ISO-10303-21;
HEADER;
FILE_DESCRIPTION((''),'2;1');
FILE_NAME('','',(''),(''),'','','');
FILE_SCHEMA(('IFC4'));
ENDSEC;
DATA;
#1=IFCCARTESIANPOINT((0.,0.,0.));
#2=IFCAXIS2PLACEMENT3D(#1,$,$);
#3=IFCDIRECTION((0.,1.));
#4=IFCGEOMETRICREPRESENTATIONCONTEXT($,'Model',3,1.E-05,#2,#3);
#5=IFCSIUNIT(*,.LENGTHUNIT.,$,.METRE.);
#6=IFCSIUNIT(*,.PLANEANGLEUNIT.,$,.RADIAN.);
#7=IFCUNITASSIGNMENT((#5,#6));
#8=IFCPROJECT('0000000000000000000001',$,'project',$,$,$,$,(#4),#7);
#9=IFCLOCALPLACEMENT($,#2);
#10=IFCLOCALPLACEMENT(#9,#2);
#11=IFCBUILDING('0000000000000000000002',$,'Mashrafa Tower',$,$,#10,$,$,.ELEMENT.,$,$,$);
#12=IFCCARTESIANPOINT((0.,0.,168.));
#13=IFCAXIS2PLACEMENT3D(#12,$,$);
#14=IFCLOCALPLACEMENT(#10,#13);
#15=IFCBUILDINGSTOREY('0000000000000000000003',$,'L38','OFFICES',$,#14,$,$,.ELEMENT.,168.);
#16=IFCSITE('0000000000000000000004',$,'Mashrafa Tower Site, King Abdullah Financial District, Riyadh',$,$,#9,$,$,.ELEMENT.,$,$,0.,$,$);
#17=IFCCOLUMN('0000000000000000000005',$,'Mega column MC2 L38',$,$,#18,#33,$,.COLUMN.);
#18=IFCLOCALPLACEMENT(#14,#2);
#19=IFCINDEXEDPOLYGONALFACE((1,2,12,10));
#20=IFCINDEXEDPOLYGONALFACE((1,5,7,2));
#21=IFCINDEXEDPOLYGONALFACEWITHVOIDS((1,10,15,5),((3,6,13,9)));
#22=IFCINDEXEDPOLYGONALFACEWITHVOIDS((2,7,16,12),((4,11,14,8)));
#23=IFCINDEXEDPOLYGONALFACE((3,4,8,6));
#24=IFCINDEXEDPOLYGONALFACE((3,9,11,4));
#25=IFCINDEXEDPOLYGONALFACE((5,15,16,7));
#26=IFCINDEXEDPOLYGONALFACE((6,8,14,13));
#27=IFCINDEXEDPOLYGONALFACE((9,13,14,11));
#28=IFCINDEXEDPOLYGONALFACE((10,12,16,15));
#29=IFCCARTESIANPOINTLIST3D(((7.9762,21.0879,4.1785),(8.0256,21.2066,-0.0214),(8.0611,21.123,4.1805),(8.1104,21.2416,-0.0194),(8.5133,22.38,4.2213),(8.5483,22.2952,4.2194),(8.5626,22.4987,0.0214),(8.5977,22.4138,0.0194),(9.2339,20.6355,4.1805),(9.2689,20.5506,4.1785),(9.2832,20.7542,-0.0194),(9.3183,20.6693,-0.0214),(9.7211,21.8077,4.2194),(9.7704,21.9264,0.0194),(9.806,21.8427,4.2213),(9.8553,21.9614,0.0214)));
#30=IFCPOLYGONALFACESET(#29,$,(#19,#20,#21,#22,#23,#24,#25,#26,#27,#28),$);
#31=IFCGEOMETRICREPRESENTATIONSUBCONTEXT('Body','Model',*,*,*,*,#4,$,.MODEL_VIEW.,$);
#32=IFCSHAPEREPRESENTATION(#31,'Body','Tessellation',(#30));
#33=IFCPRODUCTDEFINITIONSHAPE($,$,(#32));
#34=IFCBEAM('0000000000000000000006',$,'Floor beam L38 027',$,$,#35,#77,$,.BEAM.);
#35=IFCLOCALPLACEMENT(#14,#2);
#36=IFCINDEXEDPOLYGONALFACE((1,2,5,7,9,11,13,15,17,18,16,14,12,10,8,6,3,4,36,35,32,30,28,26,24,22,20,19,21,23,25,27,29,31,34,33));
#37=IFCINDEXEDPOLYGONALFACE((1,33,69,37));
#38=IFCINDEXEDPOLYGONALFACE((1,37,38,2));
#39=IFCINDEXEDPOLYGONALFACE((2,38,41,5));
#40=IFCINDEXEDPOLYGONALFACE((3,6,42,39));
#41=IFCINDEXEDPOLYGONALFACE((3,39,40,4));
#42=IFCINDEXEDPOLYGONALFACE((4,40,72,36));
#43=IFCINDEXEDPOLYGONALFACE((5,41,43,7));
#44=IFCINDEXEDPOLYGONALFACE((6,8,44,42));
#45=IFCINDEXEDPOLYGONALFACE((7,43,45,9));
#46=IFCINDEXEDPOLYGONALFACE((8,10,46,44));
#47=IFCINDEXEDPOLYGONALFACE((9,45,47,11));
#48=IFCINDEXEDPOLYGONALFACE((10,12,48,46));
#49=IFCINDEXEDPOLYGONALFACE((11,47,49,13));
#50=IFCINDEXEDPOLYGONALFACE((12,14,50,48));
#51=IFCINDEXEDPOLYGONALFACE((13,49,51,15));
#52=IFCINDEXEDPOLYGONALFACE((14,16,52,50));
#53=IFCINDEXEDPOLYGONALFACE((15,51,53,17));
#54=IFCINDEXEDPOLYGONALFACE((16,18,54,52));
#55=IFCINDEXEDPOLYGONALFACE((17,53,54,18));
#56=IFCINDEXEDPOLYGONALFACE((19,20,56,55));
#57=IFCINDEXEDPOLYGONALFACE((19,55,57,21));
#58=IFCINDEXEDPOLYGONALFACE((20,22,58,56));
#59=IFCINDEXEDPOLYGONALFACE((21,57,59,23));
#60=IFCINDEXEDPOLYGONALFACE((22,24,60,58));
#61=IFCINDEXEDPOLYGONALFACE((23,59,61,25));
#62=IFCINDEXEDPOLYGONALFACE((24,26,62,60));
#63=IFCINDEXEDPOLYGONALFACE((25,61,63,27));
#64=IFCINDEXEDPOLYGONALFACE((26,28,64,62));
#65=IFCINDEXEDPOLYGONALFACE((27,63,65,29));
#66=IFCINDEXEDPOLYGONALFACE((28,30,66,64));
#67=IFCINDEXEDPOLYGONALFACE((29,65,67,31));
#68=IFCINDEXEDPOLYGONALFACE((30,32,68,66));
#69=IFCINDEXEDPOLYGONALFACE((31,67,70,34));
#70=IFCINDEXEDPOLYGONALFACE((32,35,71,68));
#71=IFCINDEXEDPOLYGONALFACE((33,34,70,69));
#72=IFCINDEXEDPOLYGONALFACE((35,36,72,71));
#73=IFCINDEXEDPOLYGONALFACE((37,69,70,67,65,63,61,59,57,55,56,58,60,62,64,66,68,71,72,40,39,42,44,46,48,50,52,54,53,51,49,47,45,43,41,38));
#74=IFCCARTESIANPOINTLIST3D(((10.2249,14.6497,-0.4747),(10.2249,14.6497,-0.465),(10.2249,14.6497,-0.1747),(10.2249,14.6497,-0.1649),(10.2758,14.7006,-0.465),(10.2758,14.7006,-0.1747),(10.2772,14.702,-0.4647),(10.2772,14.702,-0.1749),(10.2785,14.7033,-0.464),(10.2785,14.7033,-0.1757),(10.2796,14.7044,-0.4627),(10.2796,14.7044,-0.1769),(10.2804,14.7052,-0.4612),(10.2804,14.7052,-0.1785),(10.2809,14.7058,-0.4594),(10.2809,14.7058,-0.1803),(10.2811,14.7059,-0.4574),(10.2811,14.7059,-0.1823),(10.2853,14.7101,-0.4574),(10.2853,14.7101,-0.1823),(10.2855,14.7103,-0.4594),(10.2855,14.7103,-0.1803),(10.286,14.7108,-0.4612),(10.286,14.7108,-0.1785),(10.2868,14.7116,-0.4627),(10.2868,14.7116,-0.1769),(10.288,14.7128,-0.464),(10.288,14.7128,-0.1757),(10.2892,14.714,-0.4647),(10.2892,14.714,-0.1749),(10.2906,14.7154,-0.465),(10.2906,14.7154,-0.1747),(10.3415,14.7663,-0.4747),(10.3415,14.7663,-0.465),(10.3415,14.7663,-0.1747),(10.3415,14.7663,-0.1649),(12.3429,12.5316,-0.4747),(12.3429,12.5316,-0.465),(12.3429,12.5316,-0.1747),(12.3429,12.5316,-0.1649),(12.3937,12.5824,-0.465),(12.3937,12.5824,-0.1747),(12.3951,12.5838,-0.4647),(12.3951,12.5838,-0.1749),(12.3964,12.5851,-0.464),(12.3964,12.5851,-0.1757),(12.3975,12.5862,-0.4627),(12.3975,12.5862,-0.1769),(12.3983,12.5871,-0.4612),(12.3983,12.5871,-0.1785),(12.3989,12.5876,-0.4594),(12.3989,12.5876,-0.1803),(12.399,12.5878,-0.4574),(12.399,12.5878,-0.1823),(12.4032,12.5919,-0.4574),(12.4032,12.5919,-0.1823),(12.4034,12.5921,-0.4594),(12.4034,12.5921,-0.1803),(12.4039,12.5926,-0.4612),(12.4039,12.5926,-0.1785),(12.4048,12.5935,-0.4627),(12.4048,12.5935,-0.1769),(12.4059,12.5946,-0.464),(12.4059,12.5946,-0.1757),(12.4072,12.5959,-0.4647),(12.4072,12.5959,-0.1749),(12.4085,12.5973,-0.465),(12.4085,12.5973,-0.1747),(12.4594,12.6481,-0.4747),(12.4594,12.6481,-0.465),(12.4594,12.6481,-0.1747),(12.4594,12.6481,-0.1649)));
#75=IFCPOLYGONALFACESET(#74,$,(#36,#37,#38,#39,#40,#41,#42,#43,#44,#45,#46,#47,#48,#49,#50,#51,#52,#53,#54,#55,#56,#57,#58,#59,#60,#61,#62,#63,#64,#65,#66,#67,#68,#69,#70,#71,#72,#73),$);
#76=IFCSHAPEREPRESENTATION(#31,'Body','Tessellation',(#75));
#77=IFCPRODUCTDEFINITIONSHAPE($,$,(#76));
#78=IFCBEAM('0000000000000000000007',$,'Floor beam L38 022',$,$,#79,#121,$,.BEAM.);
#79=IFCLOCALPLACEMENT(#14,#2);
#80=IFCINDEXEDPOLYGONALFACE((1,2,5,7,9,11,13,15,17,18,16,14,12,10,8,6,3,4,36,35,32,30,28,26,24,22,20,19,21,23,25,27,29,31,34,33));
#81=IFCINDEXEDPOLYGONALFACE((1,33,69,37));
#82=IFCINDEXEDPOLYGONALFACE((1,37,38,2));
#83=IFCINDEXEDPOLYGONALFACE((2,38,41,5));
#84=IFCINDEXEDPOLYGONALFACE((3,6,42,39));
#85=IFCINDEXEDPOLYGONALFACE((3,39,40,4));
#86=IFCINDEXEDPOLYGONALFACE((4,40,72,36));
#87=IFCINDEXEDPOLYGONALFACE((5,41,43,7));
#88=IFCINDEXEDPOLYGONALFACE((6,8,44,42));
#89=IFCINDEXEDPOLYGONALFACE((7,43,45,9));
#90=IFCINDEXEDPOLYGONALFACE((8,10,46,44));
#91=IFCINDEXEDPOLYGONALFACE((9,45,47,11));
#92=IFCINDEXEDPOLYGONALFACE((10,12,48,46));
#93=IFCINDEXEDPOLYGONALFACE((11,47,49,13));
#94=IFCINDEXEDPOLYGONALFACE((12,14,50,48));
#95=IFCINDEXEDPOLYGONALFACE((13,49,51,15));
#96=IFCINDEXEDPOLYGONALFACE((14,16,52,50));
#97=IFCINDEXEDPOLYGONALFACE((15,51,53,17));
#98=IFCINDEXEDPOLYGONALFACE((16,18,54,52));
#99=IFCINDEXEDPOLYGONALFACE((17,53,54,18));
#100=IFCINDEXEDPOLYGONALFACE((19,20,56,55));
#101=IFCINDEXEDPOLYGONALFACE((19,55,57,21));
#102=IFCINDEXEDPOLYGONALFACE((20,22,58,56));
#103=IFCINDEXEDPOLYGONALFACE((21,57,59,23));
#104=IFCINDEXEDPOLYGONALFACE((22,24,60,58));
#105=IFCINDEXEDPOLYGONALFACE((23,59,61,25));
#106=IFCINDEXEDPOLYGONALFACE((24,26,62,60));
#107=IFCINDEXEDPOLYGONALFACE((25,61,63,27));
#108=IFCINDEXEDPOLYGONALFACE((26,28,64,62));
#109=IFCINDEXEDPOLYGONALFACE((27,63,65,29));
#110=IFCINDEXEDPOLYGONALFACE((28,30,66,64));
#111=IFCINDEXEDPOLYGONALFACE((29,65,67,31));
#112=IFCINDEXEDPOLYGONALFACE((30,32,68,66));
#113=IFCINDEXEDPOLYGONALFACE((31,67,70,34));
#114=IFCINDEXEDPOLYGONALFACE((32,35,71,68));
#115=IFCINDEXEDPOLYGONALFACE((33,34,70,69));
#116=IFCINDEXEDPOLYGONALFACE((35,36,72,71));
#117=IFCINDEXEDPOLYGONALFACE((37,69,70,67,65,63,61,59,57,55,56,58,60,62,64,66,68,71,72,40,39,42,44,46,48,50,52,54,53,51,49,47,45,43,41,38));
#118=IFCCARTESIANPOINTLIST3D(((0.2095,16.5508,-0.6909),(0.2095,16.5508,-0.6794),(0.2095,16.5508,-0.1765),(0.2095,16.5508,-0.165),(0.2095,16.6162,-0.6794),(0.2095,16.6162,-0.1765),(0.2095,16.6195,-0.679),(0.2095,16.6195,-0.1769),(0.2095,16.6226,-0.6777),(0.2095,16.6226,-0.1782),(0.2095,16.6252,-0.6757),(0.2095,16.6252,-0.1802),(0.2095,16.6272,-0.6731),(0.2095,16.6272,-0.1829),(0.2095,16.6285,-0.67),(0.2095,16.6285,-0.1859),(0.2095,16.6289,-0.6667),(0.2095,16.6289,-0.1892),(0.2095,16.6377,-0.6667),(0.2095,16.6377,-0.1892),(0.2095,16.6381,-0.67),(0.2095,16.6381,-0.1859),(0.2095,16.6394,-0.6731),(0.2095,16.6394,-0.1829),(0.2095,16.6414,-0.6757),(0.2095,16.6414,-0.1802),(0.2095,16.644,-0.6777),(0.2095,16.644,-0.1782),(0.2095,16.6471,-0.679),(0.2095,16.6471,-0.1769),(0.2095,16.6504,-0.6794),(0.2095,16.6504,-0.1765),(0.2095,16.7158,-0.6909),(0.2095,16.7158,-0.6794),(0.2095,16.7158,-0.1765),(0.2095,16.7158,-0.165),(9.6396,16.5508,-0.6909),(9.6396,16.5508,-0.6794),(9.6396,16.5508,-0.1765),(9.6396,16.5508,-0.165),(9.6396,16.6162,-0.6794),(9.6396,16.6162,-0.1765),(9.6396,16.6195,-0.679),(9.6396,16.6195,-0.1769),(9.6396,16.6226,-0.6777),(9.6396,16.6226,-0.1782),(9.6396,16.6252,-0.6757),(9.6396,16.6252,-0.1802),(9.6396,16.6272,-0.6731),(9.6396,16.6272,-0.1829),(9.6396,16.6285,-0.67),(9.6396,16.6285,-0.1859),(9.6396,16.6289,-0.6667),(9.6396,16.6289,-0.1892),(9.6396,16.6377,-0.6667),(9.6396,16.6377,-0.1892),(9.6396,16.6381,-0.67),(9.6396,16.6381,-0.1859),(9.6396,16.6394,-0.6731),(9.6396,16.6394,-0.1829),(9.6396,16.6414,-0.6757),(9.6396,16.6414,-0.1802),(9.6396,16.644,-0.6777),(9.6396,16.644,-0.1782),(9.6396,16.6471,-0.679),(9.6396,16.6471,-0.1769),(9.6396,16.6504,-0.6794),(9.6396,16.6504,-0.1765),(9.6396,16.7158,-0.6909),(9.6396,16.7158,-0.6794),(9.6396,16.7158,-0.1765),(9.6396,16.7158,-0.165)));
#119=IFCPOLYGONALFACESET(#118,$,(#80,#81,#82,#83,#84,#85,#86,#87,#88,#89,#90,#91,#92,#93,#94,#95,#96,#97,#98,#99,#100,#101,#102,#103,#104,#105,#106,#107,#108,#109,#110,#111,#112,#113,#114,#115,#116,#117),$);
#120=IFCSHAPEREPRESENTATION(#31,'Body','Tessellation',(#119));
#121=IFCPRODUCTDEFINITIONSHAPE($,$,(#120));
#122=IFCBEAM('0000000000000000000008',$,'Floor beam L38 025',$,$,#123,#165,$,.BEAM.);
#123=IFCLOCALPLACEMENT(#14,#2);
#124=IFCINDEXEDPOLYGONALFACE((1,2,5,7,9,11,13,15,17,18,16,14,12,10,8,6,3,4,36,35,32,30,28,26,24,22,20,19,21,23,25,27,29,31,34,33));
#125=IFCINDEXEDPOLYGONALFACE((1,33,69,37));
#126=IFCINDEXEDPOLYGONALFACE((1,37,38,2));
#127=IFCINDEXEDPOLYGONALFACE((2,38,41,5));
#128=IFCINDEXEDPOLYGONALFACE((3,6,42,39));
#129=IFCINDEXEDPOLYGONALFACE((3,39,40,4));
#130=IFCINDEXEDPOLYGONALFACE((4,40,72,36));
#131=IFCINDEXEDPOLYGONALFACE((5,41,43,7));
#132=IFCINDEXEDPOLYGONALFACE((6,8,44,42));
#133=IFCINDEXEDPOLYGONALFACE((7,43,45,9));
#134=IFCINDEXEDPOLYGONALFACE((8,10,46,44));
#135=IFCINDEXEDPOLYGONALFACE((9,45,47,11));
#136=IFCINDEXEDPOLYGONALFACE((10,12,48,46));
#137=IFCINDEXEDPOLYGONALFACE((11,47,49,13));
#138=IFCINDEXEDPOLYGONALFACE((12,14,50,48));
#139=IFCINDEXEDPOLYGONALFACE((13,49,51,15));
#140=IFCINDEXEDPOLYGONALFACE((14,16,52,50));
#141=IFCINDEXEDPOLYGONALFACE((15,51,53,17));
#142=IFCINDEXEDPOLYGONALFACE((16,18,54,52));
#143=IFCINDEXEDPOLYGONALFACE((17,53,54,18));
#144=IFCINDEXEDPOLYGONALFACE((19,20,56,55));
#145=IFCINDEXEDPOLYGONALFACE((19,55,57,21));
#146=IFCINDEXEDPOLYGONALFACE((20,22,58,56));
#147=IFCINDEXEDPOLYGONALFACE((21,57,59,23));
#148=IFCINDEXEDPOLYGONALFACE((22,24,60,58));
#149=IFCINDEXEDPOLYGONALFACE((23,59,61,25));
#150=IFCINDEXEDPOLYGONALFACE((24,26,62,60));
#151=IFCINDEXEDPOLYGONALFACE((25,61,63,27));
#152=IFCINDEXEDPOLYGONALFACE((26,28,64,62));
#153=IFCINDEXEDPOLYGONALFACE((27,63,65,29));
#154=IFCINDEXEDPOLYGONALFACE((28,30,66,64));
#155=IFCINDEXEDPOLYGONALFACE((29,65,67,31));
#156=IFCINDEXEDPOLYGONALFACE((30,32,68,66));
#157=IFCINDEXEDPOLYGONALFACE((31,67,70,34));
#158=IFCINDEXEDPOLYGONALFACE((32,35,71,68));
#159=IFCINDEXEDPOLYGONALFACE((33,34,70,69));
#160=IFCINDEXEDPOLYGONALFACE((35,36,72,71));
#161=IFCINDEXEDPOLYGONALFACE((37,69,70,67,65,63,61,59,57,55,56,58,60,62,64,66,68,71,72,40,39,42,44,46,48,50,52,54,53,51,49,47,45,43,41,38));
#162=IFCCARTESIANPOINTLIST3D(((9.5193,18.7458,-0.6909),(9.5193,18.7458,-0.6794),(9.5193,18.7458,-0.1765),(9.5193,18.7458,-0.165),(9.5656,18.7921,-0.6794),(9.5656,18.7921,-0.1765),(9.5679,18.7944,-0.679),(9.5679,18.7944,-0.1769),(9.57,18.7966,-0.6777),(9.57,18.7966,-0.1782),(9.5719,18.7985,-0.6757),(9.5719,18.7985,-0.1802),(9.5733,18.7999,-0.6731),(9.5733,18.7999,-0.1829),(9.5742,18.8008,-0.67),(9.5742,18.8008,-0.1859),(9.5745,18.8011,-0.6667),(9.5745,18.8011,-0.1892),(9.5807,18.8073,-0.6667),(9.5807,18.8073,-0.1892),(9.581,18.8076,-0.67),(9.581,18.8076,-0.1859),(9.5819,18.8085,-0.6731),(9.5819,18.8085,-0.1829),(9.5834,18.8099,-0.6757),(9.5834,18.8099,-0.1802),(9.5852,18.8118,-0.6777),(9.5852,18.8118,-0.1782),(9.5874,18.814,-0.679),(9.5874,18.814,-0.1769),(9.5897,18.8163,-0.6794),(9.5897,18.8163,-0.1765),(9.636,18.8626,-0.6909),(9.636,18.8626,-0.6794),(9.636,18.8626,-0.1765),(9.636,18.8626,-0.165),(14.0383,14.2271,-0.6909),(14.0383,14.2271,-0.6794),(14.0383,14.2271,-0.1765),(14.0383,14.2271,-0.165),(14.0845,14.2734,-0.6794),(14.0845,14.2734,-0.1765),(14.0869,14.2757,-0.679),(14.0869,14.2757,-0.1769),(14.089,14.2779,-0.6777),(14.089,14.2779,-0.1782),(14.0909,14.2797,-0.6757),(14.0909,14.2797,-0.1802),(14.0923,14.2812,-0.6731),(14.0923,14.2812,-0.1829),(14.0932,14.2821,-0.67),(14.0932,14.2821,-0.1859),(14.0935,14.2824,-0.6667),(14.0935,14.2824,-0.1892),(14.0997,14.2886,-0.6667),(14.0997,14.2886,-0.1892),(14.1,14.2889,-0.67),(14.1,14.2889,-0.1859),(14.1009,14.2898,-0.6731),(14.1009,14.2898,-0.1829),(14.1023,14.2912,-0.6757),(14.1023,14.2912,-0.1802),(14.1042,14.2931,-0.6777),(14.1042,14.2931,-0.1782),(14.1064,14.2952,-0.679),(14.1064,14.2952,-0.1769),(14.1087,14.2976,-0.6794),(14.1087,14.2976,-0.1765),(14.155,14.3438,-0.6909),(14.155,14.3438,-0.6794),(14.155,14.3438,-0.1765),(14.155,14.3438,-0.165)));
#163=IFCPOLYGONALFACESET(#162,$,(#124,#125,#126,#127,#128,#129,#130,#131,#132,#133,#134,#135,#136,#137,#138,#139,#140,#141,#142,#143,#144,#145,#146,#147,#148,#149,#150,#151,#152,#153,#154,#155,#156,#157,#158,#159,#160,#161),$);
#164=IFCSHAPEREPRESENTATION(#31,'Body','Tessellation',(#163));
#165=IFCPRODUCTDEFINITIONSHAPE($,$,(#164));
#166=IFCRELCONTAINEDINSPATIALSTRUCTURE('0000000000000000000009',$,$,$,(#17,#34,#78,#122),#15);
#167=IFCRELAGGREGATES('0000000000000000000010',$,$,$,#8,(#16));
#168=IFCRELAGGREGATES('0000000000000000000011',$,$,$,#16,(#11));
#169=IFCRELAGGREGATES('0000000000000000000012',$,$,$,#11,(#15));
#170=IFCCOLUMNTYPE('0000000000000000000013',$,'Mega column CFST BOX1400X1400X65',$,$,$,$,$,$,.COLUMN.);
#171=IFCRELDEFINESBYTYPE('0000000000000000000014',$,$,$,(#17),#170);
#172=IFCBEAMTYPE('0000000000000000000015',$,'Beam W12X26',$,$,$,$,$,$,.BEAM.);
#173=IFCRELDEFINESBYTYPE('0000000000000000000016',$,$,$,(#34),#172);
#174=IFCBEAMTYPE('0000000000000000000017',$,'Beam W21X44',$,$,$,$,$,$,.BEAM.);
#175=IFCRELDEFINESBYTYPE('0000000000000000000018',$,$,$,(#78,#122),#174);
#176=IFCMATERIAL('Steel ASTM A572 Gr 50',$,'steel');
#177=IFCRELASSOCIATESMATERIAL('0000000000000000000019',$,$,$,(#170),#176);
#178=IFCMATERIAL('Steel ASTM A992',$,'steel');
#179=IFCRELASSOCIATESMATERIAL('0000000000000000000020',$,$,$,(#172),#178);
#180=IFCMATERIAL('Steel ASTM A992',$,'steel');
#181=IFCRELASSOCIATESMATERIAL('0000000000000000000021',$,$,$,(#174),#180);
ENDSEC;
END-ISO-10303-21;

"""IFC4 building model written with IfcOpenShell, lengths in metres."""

from ifc_helpers import new_model, si_unit, direction, frame, origin, origin_2d, place, context, subcontext, project, spatial, hollow_rectangle, i_section, extrude, material, material_profile, profile_set, type_object, element, save


model = new_model("IFC4")

# Units and contexts
model_context = context("Model", 3, precision=1e-05, world=origin(), true_north=direction((0.0, 1.0)))
body_context = subcontext(model_context, "Body", "Model", "MODEL_VIEW")
ifc_project = project(units=[si_unit("LENGTHUNIT", "METRE"), si_unit("PLANEANGLEUNIT", "RADIAN")], contexts=[model_context])

# Site, building, storey
site_placement = place(None, origin())
site = spatial("IfcSite", under=ifc_project, at=site_placement, Name="Mashrafa Tower Site, King Abdullah Financial District, Riyadh", CompositionType="ELEMENT", RefElevation=0.0)
building_placement = place(site_placement, origin())
building = spatial("IfcBuilding", under=site, at=building_placement, Name="Mashrafa Tower", CompositionType="ELEMENT")
storey_placement = place(building_placement, frame((0.0, 0.0, 168.0)))
storey = spatial("IfcBuildingStorey", under=building, at=storey_placement, Name="L38", Description="OFFICES", CompositionType="ELEMENT", Elevation=168.0)

# Column
ifc_material_1 = material(Name="Steel ASTM A572 Gr 50", Category="steel")
ifc_material_profile_1 = material_profile(ifc_material_1, hollow_rectangle(XDim=1.3999, YDim=1.3999, WallThickness=0.0649, at=origin_2d()), Name="BOX1400X1400X65")
ifc_profile_set_1 = profile_set([ifc_material_profile_1], Name="Steel ASTM A572 Gr 50")
column_type = type_object("IfcColumnType", Name="Mega column CFST BOX1400X1400X65", PredefinedType="COLUMN", material=ifc_profile_set_1)
column_placement = place(storey_placement, frame((8.9404, 21.584, 0.0), z_axis=(-0.011737, -0.028238, 0.999532), x_axis=(0.923414, -0.383806, 0.0)))
element("IfcColumn", 1, at=column_placement, inside=storey, type_object=column_type, Name="Mega column MC2 L38", PredefinedType="COLUMN", context=body_context, shape_type="SweptSolid", body=[
    extrude(hollow_rectangle(XDim=1.3999, YDim=1.3999, WallThickness=0.0649, at=origin_2d()), origin(), (0.0, 0.0, 1.0), 4.2019),
])

# Beams
ifc_material_2 = material(Name="Steel ASTM A992", Category="steel")
ifc_material_profile_2 = material_profile(ifc_material_2, i_section(OverallWidth=0.1648, OverallDepth=0.3098, WebThickness=0.0059, FlangeThickness=0.0098, FilletRadius=0.0076, at=origin_2d()), Name="W12X26")
ifc_profile_set_2 = profile_set([ifc_material_profile_2], Name="Steel ASTM A992")
beam_type_1 = type_object("IfcBeamType", Name="Beam W12X26", PredefinedType="BEAM", material=ifc_profile_set_2)
beam_1_placement = place(storey_placement, frame((10.2832, 14.708, -0.3198), z_axis=(0.707066, -0.707148, 0.0), x_axis=(0.707148, 0.707066, 0.0)))
element("IfcBeam", 2, at=beam_1_placement, inside=storey, type_object=beam_type_1, Name="Floor beam L38 027", PredefinedType="BEAM", context=body_context, shape_type="SweptSolid", body=[
    extrude(i_section(OverallWidth=0.1648, OverallDepth=0.3098, WebThickness=0.0059, FlangeThickness=0.0098, FilletRadius=0.0076, at=origin_2d()), origin(), (0.0, 0.0, 1.0), 2.9954),
])
ifc_material_3 = material(Name="Steel ASTM A992", Category="steel")
ifc_material_profile_3 = material_profile(ifc_material_3, i_section(OverallWidth=0.165, OverallDepth=0.5259, WebThickness=0.0088, FlangeThickness=0.0115, FilletRadius=0.0127, at=origin_2d()), Name="W21X44")
ifc_profile_set_3 = profile_set([ifc_material_profile_3], Name="Steel ASTM A992")
beam_type_2 = type_object("IfcBeamType", Name="Beam W21X44", PredefinedType="BEAM", material=ifc_profile_set_3)
beam_2_placement = place(storey_placement, frame((0.2095, 16.6333, -0.428), z_axis=(1.0, 0.0, 0.0), x_axis=(0.0, 1.0, 0.0)))
element("IfcBeam", 3, at=beam_2_placement, inside=storey, type_object=beam_type_2, Name="Floor beam L38 022", PredefinedType="BEAM", context=body_context, shape_type="SweptSolid", body=[
    extrude(i_section(OverallWidth=0.165, OverallDepth=0.5259, WebThickness=0.0088, FlangeThickness=0.0115, FilletRadius=0.0127, at=origin_2d()), origin(), (0.0, 0.0, 1.0), 9.4302),
])
beam_3_placement = place(storey_placement, frame((9.5776, 18.8042, -0.428), z_axis=(0.707126, -0.707088, 0.0), x_axis=(0.707088, 0.707126, 0.0)))
element("IfcBeam", 4, at=beam_3_placement, inside=storey, type_object=beam_type_2, Name="Floor beam L38 025", PredefinedType="BEAM", context=body_context, shape_type="SweptSolid", body=[
    extrude(i_section(OverallWidth=0.165, OverallDepth=0.5259, WebThickness=0.0088, FlangeThickness=0.0115, FilletRadius=0.0127, at=origin_2d()), origin(), (0.0, 0.0, 1.0), 6.3906),
])

save(model, "model.ifc")
